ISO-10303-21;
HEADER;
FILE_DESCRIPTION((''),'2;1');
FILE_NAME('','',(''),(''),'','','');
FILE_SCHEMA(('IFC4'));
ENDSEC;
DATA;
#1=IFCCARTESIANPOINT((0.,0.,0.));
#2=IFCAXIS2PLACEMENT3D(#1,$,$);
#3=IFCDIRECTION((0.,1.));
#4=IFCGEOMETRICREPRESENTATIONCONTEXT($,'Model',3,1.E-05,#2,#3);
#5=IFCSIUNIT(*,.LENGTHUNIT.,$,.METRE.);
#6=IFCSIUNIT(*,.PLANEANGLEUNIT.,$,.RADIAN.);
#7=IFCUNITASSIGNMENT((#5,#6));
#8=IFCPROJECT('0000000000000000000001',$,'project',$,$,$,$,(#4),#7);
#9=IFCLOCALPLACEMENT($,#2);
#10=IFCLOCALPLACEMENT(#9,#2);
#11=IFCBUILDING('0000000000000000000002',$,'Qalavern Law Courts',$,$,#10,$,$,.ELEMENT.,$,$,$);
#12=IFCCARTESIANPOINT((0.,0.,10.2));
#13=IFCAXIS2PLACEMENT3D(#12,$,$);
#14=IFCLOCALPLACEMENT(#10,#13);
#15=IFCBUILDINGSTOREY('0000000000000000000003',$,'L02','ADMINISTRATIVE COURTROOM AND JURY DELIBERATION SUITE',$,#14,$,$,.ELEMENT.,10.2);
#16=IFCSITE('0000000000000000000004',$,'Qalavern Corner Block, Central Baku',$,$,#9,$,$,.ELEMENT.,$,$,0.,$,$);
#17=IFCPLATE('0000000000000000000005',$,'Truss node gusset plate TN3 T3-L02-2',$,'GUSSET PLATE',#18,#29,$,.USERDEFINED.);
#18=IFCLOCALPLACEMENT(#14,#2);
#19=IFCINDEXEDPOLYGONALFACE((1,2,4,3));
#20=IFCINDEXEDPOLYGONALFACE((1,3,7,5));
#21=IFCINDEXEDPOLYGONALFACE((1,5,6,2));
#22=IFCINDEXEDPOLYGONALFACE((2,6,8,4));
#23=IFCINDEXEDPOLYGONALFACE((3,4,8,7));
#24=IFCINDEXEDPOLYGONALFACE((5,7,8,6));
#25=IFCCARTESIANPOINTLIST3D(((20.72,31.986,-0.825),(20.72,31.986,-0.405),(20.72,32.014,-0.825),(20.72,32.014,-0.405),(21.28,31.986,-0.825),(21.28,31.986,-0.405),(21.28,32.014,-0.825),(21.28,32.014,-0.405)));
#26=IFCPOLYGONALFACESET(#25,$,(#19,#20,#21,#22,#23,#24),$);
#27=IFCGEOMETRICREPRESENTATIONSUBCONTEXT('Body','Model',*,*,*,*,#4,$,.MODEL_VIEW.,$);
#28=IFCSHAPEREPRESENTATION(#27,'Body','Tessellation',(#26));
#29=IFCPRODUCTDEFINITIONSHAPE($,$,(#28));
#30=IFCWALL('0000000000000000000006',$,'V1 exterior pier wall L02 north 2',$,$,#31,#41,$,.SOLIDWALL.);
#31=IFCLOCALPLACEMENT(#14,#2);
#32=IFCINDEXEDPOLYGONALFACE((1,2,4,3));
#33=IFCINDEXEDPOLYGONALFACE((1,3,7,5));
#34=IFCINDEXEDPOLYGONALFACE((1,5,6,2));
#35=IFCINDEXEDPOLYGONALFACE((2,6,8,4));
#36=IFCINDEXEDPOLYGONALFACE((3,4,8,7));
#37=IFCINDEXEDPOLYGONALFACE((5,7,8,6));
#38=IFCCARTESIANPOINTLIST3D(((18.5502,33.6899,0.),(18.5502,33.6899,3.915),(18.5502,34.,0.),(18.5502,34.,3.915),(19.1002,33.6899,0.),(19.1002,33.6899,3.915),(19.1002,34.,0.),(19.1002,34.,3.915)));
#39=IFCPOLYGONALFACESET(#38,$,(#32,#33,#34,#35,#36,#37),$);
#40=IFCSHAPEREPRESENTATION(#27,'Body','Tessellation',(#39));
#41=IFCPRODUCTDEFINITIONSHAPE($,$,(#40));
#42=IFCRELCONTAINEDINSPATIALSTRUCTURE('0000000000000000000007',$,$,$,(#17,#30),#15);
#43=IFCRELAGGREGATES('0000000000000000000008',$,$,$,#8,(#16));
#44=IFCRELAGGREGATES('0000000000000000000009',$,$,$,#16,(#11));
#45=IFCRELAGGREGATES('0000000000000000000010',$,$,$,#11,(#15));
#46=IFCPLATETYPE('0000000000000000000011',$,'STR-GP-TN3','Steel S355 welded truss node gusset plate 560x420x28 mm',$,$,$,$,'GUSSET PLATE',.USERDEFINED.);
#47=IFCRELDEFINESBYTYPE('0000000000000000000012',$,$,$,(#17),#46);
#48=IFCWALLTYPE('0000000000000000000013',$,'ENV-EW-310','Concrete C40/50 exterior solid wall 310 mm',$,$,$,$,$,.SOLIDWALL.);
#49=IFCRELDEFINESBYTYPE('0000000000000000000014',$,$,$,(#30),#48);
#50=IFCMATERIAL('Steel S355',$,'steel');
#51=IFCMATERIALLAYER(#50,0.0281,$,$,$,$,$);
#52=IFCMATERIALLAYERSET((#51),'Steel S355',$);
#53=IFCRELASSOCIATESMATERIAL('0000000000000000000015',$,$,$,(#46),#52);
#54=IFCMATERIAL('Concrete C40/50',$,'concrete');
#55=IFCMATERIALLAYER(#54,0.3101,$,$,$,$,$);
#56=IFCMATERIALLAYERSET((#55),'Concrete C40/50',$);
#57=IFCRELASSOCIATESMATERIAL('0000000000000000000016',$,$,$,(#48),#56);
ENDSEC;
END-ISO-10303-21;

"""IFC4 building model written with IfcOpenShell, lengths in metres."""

from ifc_helpers import new_model, si_unit, direction, frame, frame_2d, origin, origin_2d, place, context, subcontext, project, spatial, rectangle, extrude, material, layer, layer_set, type_object, element, save


model = new_model("IFC4")

# Units and contexts
model_context = context("Model", 3, precision=1e-05, world=origin(), true_north=direction((0.0, 1.0)))
body_context = subcontext(model_context, "Body", "Model", "MODEL_VIEW")
ifc_project = project(units=[si_unit("LENGTHUNIT", "METRE"), si_unit("PLANEANGLEUNIT", "RADIAN")], contexts=[model_context])

# Site, building, storey
site_placement = place(None, origin())
site = spatial("IfcSite", under=ifc_project, at=site_placement, Name="Qalavern Corner Block, Central Baku", CompositionType="ELEMENT", RefElevation=0.0)
building_placement = place(site_placement, origin())
building = spatial("IfcBuilding", under=site, at=building_placement, Name="Qalavern Law Courts", CompositionType="ELEMENT")
storey_placement = place(building_placement, frame((0.0, 0.0, 10.2)))
storey = spatial("IfcBuildingStorey", under=building, at=storey_placement, Name="L02", Description="ADMINISTRATIVE COURTROOM AND JURY DELIBERATION SUITE", CompositionType="ELEMENT", Elevation=10.2)

# Shared definitions
ifc_material_1 = material(Name="Steel S355", Category="steel")

# Plate
ifc_layer_1 = layer(ifc_material_1, 0.0281)
ifc_layer_set_1 = layer_set([ifc_layer_1], Name="Steel S355")
plate_type_1 = type_object("IfcPlateType", Name="STR-GP-TN3", Description="Steel S355 welded truss node gusset plate 560x420x28 mm", ElementType="GUSSET PLATE", PredefinedType="USERDEFINED", material=ifc_layer_set_1)
plate_1_placement = place(storey_placement, frame((21.0, 32.0, -0.825), z_axis=(0.0, 0.0, 1.0), x_axis=(1.0, 0.0, 0.0)))
element("IfcPlate", 1, at=plate_1_placement, inside=storey, type_object=plate_type_1, Name="Truss node gusset plate TN3 T3-L02-2", ObjectType="GUSSET PLATE", PredefinedType="USERDEFINED", context=body_context, shape_type="SweptSolid", body=[
    extrude(rectangle(XDim=0.5601, YDim=0.0281, at=origin_2d()), origin(), (0.0, 0.0, 1.0), 0.4199),
])

# Wall
ifc_material_2 = material(Name="Concrete C40/50", Category="concrete")
ifc_layer_2 = layer(ifc_material_2, 0.3101)
ifc_layer_set_2 = layer_set([ifc_layer_2], Name="Concrete C40/50")
wall_type = type_object("IfcWallType", Name="ENV-EW-310", Description="Concrete C40/50 exterior solid wall 310 mm", PredefinedType="SOLIDWALL", material=ifc_layer_set_2)
wall_placement = place(storey_placement, frame((19.1001, 33.845, 0.0), z_axis=(0.0, 0.0, 1.0), x_axis=(-1.0, 0.0, 0.0)))
element("IfcWall", 2, at=wall_placement, inside=storey, type_object=wall_type, Name="V1 exterior pier wall L02 north 2", PredefinedType="SOLIDWALL", context=body_context, shape_type="SweptSolid", body=[
    extrude(rectangle(XDim=0.55, YDim=0.3101, at=frame_2d((0.2749, 0.0))), origin(), (0.0, 0.0, 1.0), 3.915),
])

save(model, "model.ifc")
